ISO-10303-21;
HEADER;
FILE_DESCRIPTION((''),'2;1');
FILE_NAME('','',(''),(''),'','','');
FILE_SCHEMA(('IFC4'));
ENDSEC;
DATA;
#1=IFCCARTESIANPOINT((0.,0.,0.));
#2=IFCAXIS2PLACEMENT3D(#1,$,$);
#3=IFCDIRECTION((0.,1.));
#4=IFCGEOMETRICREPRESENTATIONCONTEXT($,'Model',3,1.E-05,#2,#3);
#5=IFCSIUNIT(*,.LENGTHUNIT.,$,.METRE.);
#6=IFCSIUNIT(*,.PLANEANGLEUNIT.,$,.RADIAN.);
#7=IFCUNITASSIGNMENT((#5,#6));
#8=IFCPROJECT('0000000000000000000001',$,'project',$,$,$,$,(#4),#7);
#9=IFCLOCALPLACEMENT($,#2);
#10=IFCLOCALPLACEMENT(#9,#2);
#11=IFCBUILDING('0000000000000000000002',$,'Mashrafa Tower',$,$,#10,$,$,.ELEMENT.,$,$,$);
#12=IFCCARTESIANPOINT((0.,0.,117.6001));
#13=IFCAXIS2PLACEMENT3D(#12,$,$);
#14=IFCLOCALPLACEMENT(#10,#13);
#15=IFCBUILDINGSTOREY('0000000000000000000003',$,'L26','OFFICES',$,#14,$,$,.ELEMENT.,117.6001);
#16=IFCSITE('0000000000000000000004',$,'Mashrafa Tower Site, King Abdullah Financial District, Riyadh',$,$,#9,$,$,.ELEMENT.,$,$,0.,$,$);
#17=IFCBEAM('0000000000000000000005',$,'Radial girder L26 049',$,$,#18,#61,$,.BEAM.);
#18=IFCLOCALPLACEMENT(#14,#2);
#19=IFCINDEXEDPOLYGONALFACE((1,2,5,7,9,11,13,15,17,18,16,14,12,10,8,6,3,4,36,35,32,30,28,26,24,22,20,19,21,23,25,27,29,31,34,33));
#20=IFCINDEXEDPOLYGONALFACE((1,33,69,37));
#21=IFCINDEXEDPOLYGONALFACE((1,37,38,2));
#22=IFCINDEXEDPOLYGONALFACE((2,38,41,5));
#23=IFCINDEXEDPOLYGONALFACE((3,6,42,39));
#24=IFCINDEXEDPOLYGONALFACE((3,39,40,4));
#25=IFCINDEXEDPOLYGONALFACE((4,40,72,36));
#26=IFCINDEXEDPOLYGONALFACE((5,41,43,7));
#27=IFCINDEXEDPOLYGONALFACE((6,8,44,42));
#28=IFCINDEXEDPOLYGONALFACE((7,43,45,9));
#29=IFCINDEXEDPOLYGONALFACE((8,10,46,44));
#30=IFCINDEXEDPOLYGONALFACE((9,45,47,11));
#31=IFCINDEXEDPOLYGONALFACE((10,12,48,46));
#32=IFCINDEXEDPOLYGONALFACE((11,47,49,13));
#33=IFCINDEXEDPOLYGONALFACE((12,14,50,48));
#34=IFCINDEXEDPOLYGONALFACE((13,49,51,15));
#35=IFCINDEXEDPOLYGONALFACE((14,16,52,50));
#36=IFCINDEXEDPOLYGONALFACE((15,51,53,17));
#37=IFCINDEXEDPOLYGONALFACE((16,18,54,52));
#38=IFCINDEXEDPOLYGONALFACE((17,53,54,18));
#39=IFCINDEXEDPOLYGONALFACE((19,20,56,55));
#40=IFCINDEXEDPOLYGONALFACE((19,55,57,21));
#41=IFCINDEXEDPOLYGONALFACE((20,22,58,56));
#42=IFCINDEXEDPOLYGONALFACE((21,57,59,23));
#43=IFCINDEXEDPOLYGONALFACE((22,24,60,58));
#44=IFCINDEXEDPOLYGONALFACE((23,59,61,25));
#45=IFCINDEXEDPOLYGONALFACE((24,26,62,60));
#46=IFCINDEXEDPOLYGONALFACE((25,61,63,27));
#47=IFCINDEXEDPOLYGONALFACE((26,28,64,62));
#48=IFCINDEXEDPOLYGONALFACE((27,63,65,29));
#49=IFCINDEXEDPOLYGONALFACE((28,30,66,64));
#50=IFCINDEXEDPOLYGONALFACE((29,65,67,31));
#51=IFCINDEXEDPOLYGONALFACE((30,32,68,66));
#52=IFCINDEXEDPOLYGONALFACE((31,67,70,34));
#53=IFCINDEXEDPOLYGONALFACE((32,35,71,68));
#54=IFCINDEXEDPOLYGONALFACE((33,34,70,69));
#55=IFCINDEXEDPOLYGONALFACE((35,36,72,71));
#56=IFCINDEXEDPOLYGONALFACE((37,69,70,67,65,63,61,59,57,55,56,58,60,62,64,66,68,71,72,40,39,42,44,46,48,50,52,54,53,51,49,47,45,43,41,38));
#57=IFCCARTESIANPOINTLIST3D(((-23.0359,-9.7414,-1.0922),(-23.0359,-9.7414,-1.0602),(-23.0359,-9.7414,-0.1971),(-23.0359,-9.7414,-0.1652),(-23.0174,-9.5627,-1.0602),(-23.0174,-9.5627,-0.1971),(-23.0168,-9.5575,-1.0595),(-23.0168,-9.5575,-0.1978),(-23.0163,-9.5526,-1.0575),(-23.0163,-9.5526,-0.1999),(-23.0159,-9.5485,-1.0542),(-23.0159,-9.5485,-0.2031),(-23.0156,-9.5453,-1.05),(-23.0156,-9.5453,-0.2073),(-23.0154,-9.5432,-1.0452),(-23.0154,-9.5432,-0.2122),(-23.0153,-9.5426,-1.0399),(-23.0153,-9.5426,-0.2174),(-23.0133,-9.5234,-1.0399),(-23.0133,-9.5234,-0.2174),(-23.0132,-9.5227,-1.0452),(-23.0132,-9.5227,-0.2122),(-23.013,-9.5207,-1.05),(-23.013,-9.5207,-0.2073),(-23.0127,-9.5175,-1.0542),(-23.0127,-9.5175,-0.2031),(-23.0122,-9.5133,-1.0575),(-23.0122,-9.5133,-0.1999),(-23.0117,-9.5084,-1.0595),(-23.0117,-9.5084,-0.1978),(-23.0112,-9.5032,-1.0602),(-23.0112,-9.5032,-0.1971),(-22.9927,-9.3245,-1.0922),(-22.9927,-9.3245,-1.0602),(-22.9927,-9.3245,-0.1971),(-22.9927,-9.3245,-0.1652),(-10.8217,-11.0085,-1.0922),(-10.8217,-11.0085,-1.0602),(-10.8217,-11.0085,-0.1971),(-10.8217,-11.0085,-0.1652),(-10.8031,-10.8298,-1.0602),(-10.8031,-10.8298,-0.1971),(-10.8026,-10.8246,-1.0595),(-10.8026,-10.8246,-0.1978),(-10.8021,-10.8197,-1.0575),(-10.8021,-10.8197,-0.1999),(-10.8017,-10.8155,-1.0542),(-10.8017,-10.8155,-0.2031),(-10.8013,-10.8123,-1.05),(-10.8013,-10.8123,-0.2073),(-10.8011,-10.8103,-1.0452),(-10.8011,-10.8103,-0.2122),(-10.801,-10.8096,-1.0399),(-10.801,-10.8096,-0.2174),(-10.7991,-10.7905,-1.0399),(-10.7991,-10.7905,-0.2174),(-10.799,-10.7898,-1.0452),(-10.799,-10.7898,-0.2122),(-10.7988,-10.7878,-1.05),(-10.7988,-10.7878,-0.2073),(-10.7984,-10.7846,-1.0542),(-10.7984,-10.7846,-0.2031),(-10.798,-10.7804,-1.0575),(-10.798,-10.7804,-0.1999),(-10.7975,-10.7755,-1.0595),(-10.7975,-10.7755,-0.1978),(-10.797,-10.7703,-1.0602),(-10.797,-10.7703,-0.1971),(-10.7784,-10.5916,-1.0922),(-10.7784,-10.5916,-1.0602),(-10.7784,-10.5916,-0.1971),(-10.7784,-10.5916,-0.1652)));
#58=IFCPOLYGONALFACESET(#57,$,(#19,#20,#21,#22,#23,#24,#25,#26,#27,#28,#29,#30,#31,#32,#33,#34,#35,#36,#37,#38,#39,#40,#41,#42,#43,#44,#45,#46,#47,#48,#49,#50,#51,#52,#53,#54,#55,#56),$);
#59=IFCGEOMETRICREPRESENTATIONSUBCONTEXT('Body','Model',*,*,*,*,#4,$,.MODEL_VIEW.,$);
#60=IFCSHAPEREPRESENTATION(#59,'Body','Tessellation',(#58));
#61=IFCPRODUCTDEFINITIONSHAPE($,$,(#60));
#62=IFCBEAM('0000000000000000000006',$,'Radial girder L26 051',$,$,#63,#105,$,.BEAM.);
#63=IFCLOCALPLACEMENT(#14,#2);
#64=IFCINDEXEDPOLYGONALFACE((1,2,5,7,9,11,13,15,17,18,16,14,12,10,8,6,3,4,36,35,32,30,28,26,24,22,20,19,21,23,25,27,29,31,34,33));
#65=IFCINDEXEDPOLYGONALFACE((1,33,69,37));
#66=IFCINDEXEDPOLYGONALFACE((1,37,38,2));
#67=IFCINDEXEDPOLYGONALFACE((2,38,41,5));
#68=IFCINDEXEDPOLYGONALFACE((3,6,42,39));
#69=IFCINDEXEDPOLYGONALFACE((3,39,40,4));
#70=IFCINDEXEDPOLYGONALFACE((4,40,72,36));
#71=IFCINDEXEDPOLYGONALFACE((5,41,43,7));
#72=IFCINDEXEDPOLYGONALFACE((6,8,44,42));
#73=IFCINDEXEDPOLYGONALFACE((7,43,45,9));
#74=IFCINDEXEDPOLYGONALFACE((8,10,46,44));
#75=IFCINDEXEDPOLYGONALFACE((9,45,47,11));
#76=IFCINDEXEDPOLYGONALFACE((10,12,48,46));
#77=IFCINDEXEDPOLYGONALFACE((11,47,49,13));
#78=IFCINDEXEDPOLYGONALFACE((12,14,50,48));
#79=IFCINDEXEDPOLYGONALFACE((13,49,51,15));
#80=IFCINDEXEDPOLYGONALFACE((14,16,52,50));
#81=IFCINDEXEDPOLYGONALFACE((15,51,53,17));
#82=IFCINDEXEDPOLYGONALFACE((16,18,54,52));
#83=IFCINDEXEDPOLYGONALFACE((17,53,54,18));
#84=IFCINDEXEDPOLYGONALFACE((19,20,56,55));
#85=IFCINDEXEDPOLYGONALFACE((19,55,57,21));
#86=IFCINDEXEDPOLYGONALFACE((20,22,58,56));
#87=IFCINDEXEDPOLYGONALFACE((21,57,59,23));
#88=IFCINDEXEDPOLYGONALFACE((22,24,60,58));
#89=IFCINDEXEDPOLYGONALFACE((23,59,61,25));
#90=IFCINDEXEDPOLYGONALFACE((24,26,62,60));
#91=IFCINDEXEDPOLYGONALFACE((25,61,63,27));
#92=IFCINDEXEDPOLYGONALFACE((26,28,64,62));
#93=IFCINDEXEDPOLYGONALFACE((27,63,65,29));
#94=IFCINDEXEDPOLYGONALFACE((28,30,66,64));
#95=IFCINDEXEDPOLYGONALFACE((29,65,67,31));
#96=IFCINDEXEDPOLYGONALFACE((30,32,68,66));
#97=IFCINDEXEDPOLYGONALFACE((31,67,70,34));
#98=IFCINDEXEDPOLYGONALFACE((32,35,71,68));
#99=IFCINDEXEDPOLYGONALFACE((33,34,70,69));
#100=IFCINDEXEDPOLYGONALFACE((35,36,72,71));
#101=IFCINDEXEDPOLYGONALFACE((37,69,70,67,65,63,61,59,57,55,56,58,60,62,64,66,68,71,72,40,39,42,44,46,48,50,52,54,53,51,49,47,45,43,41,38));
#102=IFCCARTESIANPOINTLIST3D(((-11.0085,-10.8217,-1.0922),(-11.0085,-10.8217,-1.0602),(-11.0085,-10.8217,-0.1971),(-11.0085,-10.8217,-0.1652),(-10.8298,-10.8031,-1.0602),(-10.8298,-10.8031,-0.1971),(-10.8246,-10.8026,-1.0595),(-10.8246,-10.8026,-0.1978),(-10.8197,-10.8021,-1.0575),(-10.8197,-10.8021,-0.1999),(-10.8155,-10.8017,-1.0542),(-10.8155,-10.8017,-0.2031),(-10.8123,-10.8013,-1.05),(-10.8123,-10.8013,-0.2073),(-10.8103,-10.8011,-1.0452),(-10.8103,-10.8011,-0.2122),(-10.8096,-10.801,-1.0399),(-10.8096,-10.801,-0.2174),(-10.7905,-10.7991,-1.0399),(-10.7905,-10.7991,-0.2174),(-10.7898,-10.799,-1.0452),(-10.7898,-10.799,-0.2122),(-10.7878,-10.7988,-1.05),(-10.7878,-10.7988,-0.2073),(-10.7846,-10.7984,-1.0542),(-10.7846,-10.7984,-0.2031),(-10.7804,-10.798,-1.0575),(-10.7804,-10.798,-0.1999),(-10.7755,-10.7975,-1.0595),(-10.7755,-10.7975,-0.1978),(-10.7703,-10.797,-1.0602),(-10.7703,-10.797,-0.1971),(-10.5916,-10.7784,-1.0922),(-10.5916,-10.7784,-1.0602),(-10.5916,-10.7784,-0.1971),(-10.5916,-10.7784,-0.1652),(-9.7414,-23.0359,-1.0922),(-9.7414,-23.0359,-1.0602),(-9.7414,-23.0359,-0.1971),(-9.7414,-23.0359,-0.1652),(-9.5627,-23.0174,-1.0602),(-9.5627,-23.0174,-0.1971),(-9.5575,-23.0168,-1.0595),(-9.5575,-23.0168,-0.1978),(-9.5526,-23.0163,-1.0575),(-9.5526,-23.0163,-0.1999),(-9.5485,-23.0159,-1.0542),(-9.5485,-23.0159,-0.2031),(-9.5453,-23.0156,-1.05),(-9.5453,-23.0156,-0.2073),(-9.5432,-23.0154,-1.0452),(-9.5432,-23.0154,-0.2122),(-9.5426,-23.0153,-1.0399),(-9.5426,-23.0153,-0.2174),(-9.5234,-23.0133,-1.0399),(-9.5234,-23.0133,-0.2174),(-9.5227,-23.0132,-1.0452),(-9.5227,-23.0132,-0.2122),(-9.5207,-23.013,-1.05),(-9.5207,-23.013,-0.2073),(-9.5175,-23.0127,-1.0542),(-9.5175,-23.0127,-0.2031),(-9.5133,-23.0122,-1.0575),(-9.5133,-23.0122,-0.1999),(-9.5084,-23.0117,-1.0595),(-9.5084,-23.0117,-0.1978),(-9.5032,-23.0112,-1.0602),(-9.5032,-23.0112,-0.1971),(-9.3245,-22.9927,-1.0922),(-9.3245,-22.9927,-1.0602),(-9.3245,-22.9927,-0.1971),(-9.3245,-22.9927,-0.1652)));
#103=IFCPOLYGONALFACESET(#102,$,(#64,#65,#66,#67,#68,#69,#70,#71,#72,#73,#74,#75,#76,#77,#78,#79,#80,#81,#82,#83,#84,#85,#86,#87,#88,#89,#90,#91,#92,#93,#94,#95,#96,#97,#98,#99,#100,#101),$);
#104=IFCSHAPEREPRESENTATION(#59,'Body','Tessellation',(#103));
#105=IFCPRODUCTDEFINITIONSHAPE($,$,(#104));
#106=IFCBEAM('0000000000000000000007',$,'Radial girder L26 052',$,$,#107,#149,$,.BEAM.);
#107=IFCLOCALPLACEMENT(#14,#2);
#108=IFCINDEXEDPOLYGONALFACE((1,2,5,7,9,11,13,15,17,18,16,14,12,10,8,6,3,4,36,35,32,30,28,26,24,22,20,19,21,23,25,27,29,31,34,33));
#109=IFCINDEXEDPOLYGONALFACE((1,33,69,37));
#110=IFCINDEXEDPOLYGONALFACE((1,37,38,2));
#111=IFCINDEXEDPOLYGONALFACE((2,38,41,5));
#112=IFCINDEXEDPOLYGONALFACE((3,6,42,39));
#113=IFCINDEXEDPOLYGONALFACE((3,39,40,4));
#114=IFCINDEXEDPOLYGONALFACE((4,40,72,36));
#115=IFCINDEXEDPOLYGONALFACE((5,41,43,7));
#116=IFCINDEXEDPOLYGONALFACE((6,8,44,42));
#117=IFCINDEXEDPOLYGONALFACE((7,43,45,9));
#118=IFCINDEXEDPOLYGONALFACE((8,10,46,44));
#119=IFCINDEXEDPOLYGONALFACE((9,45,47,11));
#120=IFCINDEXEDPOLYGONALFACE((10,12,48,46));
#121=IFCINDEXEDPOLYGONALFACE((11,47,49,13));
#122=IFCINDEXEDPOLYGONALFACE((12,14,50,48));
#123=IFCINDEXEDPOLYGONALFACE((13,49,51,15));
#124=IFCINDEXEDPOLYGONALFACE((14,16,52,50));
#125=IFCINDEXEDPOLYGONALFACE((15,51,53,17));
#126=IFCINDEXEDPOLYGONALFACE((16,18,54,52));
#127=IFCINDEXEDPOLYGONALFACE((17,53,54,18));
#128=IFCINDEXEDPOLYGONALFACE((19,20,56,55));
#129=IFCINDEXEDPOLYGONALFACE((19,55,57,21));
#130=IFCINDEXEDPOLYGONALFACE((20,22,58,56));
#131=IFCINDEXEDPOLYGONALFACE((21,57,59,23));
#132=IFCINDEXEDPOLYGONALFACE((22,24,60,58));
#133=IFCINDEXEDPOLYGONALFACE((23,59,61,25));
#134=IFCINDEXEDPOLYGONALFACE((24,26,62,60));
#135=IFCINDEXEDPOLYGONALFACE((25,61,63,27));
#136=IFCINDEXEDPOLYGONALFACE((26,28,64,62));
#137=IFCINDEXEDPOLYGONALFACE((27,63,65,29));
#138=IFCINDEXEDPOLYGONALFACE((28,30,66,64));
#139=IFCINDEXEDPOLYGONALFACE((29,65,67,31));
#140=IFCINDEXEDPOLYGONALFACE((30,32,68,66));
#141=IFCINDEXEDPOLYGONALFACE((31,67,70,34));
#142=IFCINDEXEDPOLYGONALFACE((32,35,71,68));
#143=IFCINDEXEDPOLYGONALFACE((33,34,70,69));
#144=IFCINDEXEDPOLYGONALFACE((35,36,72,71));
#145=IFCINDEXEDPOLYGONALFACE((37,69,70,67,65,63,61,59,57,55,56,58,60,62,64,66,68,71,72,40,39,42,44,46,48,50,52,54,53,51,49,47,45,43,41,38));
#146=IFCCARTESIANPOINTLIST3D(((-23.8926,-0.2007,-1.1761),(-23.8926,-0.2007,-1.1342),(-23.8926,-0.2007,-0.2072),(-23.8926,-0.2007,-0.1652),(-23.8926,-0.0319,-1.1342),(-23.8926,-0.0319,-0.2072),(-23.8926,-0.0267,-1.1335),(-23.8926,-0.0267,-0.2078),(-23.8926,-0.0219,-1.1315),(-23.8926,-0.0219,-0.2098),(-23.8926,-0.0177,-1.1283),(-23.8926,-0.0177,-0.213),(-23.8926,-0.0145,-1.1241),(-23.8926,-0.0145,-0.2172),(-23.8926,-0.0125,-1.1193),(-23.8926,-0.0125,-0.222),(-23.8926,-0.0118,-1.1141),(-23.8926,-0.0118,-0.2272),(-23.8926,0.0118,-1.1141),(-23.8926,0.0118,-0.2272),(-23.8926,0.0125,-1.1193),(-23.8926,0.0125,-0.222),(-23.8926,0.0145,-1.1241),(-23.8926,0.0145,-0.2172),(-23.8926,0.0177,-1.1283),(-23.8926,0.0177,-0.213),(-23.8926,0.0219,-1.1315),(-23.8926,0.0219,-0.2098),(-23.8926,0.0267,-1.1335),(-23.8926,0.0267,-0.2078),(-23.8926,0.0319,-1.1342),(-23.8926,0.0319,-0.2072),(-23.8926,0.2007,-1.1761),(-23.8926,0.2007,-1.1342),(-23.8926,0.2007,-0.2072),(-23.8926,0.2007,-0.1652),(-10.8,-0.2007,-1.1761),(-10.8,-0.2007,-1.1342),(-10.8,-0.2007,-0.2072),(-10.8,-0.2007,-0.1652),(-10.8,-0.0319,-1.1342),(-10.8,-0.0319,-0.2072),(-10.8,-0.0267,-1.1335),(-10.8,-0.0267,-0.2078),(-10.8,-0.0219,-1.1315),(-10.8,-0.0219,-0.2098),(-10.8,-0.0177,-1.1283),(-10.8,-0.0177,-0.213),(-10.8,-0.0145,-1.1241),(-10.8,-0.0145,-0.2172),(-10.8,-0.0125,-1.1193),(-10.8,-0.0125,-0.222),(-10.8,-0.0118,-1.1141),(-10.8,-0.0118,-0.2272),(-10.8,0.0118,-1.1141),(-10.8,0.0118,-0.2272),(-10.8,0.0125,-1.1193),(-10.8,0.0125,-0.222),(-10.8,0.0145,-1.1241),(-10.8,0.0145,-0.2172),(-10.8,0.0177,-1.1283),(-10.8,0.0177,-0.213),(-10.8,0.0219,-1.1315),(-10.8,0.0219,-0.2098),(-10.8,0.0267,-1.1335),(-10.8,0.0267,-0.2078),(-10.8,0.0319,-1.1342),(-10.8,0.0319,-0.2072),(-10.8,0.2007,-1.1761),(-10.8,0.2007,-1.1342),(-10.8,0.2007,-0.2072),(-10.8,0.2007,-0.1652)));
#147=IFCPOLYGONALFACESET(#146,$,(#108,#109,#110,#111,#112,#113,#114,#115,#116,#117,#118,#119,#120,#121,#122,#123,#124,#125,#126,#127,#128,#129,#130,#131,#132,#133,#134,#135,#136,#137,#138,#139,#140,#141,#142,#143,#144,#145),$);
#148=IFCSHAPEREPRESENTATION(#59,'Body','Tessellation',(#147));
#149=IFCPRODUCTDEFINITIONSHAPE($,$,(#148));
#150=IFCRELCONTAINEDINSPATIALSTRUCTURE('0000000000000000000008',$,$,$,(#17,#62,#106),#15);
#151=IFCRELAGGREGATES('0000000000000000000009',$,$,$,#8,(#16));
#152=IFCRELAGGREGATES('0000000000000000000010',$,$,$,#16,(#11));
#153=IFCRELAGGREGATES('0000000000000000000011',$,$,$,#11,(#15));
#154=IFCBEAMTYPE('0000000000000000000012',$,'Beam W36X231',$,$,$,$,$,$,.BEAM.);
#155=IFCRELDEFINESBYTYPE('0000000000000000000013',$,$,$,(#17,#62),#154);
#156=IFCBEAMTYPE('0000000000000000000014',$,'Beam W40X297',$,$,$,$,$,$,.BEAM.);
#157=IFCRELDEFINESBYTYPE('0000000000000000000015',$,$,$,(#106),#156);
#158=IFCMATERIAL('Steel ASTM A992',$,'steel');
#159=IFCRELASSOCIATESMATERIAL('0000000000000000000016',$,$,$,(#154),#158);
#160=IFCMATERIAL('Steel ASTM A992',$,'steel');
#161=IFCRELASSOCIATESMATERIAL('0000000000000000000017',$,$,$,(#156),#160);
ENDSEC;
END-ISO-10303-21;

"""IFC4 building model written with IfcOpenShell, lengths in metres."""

from ifc_helpers import new_model, si_unit, direction, frame, origin, origin_2d, place, context, subcontext, project, spatial, i_section, extrude, material, material_profile, profile_set, type_object, element, save


model = new_model("IFC4")

# Units and contexts
model_context = context("Model", 3, precision=1e-05, world=origin(), true_north=direction((0.0, 1.0)))
body_context = subcontext(model_context, "Body", "Model", "MODEL_VIEW")
ifc_project = project(units=[si_unit("LENGTHUNIT", "METRE"), si_unit("PLANEANGLEUNIT", "RADIAN")], contexts=[model_context])

# Site, building, storey
site_placement = place(None, origin())
site = spatial("IfcSite", under=ifc_project, at=site_placement, Name="Mashrafa Tower Site, King Abdullah Financial District, Riyadh", CompositionType="ELEMENT", RefElevation=0.0)
building_placement = place(site_placement, origin())
building = spatial("IfcBuilding", under=site, at=building_placement, Name="Mashrafa Tower", CompositionType="ELEMENT")
storey_placement = place(building_placement, frame((0.0, 0.0, 117.6001)))
storey = spatial("IfcBuildingStorey", under=building, at=storey_placement, Name="L26", Description="OFFICES", CompositionType="ELEMENT", Elevation=117.6001)

# Beams
ifc_material_1 = material(Name="Steel ASTM A992", Category="steel")
ifc_material_profile_1 = material_profile(ifc_material_1, i_section(OverallWidth=0.4192, OverallDepth=0.927, WebThickness=0.0193, FlangeThickness=0.032, FilletRadius=0.0203, at=origin_2d()), Name="W36X231")
ifc_profile_set_1 = profile_set([ifc_material_profile_1], Name="Steel ASTM A992")
beam_type_1 = type_object("IfcBeamType", Name="Beam W36X231", PredefinedType="BEAM", material=ifc_profile_set_1)
for number, where, z_axis, x_axis, name in (
    (1, (-10.8, -10.8, -0.6287), (-0.994662, 0.103184, 0.0), (-0.103184, -0.994662, 0.0), "Radial girder L26 049"),
    (2, (-10.8, -10.8, -0.6287), (0.103184, -0.994662, 0.0), (0.994662, 0.103184, 0.0), "Radial girder L26 051"),
):
    element("IfcBeam", number, at=place(storey_placement, frame(where, z_axis=z_axis, x_axis=x_axis)), inside=storey, type_object=beam_type_1, Name=name, PredefinedType="BEAM", context=body_context, shape_type="SweptSolid", body=[
        extrude(i_section(OverallWidth=0.4192, OverallDepth=0.927, WebThickness=0.0193, FlangeThickness=0.032, FilletRadius=0.0203, at=origin_2d()), origin(), (0.0, 0.0, 1.0), 12.2798),
    ])
ifc_material_2 = material(Name="Steel ASTM A992", Category="steel")
ifc_material_profile_2 = material_profile(ifc_material_2, i_section(OverallWidth=0.4014, OverallDepth=1.011, WebThickness=0.0237, FlangeThickness=0.042, FilletRadius=0.02, at=origin_2d()), Name="W40X297")
ifc_profile_set_2 = profile_set([ifc_material_profile_2], Name="Steel ASTM A992")
beam_type_2 = type_object("IfcBeamType", Name="Beam W40X297", PredefinedType="BEAM", material=ifc_profile_set_2)
beam_1_placement = place(storey_placement, frame((-10.8, 0.0, -0.6707), z_axis=(-1.0, 0.0, 0.0), x_axis=(0.0, -1.0, 0.0)))
element("IfcBeam", 3, at=beam_1_placement, inside=storey, type_object=beam_type_2, Name="Radial girder L26 052", PredefinedType="BEAM", context=body_context, shape_type="SweptSolid", body=[
    extrude(i_section(OverallWidth=0.4014, OverallDepth=1.011, WebThickness=0.0237, FlangeThickness=0.042, FilletRadius=0.02, at=origin_2d()), origin(), (0.0, 0.0, 1.0), 13.0925),
])

save(model, "model.ifc")
